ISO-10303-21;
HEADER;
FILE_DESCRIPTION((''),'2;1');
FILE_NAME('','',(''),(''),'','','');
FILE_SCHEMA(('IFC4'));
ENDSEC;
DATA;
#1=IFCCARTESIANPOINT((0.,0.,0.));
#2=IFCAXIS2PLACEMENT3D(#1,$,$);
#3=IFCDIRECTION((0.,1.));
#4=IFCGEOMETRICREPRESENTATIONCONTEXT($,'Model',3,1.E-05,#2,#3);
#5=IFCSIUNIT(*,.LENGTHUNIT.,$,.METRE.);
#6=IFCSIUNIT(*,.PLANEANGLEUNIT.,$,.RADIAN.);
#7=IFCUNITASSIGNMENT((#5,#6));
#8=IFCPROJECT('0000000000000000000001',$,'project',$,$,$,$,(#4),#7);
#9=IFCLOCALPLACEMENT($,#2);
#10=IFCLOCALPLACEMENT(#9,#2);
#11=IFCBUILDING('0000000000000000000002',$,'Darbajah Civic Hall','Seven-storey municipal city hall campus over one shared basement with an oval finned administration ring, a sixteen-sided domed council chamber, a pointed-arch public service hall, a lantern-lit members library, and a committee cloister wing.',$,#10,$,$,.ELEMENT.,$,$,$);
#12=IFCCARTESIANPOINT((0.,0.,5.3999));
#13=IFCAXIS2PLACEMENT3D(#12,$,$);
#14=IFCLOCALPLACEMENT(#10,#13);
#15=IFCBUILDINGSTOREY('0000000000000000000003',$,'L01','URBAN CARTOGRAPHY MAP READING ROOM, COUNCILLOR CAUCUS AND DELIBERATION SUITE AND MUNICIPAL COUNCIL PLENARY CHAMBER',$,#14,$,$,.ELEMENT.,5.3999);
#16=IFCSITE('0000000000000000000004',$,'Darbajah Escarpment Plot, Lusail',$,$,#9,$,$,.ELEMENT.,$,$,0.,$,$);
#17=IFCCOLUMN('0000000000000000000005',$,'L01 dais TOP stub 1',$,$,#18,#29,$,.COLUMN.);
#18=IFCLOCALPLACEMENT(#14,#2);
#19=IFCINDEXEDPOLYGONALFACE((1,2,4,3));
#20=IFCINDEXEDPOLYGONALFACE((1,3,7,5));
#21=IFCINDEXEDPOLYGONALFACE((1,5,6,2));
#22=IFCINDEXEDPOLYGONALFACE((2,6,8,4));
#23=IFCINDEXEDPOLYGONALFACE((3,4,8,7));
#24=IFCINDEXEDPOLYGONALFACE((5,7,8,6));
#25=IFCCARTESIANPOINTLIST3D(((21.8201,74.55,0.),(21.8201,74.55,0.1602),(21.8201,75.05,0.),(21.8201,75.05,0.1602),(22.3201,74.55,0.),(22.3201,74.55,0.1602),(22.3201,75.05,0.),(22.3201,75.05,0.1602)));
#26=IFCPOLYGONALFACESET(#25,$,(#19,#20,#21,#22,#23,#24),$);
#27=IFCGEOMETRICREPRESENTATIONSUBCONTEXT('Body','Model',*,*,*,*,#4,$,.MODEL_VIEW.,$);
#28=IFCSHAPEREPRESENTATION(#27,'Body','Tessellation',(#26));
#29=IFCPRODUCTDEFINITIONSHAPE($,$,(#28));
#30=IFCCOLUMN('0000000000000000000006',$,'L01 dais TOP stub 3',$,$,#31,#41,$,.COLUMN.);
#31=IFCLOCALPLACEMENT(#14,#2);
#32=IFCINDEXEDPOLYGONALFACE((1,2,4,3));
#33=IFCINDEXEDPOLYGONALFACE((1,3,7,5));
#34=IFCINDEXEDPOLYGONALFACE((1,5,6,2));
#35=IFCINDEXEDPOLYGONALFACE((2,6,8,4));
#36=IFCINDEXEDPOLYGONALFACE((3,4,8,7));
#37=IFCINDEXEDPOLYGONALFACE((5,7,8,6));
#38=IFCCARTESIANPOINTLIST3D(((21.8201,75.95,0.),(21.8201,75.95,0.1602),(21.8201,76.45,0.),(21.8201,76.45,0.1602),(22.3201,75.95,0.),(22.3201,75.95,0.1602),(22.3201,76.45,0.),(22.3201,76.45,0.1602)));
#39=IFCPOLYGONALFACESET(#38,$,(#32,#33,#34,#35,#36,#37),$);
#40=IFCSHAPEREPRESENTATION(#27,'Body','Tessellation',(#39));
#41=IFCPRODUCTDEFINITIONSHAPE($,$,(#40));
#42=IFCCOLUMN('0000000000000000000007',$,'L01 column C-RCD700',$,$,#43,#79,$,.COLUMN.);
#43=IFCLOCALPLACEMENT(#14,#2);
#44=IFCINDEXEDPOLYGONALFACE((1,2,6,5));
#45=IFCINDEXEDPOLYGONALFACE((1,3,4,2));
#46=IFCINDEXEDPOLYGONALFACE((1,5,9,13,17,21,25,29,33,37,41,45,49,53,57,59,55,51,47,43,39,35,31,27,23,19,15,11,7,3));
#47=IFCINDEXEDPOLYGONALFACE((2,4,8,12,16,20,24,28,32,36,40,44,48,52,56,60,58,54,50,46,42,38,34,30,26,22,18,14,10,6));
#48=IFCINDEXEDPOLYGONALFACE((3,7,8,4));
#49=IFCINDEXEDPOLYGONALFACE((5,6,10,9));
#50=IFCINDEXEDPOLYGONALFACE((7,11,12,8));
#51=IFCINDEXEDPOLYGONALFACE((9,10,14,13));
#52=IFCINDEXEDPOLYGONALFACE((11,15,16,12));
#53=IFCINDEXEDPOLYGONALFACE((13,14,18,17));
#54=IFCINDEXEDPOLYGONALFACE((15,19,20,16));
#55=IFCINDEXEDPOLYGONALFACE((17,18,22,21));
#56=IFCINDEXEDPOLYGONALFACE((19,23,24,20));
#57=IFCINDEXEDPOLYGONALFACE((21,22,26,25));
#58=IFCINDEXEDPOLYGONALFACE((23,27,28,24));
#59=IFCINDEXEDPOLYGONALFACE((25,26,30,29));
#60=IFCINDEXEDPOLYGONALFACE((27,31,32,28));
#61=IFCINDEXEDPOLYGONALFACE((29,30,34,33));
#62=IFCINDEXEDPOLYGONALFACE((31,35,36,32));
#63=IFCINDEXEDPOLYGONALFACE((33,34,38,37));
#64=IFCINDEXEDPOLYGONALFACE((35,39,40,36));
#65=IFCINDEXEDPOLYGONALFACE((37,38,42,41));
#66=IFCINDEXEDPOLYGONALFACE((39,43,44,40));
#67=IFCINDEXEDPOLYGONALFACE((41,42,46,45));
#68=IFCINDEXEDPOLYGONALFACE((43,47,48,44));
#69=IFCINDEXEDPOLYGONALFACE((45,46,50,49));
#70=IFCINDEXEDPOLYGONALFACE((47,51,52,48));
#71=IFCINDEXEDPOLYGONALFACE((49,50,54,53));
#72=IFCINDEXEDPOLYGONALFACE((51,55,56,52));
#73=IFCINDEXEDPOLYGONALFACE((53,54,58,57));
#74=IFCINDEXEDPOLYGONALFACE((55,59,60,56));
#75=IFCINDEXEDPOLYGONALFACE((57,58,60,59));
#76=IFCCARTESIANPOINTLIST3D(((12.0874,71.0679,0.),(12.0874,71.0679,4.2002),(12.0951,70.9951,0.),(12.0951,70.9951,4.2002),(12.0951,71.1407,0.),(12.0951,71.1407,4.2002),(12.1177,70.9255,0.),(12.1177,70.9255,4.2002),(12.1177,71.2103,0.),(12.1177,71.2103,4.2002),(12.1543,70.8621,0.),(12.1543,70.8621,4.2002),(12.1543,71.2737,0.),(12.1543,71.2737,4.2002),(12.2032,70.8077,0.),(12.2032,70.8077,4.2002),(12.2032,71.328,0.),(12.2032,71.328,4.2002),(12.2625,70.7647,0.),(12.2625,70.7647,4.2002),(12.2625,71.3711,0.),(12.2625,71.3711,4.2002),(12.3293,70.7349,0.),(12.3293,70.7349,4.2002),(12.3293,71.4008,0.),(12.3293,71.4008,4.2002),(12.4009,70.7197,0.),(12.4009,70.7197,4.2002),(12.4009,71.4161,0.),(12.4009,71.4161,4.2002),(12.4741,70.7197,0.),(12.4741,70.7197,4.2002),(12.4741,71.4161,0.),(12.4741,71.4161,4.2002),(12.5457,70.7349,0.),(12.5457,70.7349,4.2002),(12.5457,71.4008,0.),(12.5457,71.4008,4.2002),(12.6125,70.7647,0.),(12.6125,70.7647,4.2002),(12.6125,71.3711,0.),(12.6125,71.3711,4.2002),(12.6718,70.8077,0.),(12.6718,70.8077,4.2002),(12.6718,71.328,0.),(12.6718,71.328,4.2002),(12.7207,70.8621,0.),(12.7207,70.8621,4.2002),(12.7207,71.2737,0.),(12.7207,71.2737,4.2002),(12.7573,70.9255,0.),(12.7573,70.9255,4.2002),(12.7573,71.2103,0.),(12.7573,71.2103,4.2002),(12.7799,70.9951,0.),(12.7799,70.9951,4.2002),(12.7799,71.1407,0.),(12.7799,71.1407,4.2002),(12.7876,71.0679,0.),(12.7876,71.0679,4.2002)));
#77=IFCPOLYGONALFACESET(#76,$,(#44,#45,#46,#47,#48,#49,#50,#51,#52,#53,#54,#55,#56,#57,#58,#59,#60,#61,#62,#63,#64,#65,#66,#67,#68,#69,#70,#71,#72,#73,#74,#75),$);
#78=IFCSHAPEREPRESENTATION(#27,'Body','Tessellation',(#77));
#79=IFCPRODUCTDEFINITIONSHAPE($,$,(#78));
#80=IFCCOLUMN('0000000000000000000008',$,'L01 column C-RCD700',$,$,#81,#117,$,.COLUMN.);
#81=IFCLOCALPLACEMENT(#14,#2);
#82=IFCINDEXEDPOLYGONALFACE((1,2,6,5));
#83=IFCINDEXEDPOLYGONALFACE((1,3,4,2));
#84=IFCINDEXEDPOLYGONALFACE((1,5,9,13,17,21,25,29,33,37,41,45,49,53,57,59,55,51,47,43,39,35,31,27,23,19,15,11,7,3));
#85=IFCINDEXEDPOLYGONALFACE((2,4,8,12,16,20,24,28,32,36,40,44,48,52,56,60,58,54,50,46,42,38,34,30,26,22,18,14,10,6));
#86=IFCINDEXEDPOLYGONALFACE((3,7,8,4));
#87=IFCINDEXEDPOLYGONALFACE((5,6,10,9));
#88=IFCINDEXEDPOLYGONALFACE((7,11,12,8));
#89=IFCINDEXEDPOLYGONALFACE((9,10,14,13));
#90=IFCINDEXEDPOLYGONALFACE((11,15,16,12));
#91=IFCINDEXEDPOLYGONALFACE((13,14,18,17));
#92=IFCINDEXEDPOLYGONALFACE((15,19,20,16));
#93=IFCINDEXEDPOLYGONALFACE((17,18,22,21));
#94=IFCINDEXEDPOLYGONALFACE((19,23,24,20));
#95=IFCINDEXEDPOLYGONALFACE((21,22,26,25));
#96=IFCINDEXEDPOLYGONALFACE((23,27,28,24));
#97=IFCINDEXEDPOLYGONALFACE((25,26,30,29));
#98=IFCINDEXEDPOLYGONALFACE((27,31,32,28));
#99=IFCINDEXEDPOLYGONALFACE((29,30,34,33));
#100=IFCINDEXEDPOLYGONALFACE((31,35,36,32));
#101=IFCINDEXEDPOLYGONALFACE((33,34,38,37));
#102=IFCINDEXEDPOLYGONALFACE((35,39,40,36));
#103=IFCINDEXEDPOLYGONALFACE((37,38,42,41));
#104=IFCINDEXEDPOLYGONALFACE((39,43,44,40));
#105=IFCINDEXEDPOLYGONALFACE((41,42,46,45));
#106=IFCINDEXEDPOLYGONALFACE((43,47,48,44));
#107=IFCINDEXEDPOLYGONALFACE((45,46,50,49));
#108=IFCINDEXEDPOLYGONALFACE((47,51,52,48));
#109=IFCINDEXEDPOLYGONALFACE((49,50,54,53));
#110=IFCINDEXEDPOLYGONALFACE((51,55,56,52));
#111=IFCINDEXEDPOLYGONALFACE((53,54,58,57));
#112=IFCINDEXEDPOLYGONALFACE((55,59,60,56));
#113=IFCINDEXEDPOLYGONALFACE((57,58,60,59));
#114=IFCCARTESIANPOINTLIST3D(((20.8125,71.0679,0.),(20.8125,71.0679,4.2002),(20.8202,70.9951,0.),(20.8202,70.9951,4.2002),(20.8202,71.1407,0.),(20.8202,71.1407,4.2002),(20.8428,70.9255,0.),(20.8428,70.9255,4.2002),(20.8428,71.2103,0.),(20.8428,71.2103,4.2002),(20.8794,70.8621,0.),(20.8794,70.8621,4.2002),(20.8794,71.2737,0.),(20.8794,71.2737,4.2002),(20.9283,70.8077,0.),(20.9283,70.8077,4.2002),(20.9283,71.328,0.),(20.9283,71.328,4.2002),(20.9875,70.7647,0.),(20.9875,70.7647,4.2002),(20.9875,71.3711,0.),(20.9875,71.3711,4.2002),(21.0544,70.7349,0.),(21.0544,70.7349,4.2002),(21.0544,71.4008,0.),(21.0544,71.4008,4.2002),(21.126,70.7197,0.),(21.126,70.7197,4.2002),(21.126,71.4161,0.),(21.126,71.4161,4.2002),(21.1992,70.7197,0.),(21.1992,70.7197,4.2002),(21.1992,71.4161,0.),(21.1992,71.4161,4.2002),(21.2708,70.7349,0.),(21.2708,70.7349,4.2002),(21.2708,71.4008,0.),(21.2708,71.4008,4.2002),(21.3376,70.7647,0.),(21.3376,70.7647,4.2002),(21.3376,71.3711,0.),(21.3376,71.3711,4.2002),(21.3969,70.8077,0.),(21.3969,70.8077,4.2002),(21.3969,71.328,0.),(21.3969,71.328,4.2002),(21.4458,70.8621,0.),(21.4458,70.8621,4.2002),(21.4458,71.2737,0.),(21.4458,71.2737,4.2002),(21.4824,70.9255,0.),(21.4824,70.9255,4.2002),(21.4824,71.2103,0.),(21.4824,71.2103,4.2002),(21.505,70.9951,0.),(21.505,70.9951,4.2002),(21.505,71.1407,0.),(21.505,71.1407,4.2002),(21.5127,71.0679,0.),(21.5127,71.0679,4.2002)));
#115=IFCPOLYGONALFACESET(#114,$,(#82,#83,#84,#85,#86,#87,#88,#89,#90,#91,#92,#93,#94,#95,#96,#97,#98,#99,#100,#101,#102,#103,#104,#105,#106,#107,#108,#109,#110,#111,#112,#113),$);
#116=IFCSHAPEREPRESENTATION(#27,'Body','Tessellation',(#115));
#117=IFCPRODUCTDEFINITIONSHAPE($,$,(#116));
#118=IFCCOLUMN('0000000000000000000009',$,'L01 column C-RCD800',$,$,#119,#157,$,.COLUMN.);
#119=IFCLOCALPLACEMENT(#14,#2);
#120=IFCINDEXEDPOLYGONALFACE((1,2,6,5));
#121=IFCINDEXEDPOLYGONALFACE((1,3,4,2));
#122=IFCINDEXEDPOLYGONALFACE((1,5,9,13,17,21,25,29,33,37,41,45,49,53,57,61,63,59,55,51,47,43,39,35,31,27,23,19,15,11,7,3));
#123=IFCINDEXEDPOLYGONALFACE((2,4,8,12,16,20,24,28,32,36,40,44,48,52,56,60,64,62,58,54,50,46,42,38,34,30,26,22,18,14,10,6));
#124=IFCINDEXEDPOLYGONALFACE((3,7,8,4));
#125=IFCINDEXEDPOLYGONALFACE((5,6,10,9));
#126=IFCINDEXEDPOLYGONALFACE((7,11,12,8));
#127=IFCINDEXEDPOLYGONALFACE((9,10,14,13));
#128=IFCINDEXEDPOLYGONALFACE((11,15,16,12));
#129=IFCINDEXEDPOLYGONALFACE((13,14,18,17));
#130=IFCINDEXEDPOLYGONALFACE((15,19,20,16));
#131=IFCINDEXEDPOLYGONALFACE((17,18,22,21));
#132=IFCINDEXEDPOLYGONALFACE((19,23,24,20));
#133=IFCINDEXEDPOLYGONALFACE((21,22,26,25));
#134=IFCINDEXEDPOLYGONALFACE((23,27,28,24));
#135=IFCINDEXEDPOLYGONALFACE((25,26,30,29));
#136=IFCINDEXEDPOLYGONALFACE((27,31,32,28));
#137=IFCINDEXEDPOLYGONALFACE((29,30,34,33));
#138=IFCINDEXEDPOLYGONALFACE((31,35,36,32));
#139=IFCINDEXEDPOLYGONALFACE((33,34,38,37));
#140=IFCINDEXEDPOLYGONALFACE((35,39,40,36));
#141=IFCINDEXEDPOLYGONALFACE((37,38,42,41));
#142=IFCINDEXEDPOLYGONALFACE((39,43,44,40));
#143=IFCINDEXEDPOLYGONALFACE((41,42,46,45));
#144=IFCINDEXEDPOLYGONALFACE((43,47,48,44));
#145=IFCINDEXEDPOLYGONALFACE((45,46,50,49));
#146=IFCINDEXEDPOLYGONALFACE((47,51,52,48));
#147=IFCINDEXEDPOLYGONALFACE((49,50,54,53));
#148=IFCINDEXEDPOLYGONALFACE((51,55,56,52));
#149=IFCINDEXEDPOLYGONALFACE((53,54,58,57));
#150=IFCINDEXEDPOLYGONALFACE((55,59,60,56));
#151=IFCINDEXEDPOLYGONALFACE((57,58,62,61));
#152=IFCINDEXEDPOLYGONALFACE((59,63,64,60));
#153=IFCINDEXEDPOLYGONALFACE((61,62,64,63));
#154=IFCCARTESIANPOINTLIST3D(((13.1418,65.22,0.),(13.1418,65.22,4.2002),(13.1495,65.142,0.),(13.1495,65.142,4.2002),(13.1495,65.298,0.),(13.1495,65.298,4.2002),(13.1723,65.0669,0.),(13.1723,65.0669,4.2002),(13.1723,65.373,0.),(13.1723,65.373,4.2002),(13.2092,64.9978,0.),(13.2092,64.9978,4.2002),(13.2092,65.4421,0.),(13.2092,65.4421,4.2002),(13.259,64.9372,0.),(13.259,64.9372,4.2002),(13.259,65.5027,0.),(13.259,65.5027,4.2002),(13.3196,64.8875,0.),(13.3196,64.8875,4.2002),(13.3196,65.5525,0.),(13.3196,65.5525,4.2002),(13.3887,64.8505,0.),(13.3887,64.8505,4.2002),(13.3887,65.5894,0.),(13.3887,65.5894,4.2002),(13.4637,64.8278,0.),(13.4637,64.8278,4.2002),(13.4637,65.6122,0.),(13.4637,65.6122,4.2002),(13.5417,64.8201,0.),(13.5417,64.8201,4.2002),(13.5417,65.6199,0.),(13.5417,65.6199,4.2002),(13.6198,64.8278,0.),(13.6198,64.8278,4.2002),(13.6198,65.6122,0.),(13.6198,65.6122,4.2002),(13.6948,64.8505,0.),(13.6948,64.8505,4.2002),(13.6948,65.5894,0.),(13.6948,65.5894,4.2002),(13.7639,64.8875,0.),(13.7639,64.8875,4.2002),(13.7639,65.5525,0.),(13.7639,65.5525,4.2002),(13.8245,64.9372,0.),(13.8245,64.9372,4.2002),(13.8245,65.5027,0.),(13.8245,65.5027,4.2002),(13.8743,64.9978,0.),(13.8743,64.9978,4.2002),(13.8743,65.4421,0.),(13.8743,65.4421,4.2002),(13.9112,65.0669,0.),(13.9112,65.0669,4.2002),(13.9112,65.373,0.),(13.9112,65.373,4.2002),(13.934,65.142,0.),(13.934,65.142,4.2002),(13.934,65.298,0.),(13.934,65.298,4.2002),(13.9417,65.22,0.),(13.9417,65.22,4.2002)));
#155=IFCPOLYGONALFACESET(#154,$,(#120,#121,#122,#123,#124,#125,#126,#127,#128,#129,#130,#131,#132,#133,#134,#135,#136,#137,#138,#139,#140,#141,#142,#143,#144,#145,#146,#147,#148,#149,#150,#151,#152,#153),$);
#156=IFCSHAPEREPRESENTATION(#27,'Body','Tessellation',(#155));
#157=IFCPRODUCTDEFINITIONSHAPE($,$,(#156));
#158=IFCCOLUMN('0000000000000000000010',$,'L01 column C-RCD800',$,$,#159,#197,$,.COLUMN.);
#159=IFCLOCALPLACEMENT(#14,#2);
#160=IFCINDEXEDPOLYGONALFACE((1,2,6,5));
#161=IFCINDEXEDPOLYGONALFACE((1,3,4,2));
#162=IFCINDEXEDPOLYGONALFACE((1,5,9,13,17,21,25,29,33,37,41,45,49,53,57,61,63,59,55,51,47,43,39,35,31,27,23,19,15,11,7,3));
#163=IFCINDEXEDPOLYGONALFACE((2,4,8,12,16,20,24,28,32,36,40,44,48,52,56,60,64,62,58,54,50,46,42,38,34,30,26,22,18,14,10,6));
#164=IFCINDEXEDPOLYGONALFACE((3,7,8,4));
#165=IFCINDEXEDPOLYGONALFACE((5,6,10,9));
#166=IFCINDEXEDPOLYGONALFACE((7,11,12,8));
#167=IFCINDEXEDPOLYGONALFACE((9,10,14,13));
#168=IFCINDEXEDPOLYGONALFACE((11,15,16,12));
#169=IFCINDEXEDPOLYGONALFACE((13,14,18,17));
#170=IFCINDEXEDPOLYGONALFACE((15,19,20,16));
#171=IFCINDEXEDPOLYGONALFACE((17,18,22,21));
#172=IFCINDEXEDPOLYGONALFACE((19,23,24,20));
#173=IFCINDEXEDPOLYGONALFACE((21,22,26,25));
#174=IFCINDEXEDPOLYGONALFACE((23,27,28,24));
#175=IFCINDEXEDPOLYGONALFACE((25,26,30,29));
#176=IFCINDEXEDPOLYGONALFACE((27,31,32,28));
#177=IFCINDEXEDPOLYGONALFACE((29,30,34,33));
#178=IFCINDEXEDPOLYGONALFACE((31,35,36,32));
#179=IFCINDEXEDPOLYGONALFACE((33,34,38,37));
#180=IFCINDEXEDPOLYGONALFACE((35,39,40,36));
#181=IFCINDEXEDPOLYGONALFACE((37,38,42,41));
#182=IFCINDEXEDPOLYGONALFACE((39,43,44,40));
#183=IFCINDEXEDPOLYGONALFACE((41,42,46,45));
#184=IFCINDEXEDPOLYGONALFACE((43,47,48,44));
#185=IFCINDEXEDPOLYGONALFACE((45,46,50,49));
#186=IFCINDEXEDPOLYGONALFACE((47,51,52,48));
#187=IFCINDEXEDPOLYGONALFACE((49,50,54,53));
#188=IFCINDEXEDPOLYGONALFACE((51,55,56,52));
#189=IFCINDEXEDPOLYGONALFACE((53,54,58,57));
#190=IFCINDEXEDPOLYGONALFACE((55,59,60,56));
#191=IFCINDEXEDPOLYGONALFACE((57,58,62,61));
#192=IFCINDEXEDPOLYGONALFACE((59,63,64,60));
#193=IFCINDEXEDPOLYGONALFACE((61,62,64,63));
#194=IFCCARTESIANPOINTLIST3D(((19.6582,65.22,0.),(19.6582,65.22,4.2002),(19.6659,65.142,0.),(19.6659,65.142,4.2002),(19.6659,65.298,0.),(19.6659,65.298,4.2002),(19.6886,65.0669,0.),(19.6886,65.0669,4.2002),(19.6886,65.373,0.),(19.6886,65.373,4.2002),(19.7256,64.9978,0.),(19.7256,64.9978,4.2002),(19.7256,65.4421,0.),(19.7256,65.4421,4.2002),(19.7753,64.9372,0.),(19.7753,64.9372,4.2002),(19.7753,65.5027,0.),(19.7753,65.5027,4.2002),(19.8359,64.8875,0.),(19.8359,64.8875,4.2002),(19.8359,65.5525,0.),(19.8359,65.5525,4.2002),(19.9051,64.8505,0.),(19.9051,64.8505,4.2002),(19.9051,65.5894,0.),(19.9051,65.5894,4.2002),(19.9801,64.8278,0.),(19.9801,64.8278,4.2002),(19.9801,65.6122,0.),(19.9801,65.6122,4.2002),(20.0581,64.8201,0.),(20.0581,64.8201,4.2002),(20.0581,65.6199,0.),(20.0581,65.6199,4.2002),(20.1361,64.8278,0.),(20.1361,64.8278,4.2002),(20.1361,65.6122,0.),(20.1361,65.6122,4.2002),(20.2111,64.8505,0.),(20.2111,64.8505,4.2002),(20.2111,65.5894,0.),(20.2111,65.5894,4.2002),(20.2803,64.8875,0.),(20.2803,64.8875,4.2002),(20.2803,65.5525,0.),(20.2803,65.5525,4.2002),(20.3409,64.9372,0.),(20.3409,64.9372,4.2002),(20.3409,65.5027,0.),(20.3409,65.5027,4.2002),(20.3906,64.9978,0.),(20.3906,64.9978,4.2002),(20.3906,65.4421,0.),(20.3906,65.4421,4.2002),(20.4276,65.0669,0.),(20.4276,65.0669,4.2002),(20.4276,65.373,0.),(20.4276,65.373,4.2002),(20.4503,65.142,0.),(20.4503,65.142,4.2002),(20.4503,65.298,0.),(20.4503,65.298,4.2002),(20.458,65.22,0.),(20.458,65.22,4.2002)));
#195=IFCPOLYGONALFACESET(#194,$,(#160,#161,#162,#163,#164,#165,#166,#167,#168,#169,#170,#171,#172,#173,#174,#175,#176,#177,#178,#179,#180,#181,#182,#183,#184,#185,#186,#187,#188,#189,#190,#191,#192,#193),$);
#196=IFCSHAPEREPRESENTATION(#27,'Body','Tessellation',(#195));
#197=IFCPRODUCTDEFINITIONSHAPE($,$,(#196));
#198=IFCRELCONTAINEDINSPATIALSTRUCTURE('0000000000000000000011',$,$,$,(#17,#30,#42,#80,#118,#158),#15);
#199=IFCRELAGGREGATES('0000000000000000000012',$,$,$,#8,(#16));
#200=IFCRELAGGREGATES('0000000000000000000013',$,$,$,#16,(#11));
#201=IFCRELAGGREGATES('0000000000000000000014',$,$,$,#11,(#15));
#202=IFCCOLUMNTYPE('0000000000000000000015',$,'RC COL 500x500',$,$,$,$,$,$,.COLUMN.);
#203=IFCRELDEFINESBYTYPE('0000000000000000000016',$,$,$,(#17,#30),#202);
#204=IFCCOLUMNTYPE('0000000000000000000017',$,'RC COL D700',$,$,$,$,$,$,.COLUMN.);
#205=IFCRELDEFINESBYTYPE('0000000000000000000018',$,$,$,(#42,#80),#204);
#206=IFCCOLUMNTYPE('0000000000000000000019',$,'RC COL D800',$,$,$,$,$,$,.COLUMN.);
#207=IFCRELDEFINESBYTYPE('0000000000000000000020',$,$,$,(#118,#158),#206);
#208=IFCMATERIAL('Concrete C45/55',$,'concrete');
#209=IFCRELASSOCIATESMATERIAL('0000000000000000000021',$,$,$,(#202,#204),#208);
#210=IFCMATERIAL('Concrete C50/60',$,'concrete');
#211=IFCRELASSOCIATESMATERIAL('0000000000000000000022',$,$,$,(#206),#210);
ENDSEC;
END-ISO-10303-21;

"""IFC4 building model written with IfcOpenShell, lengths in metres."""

from ifc_helpers import new_model, si_unit, direction, frame, origin, origin_2d, place, context, subcontext, project, spatial, rectangle, circle, extrude, material, material_profile, profile_set, type_object, element, save


model = new_model("IFC4")

# Units and contexts
model_context = context("Model", 3, precision=1e-05, world=origin(), true_north=direction((0.0, 1.0)))
body_context = subcontext(model_context, "Body", "Model", "MODEL_VIEW")
ifc_project = project(units=[si_unit("LENGTHUNIT", "METRE"), si_unit("PLANEANGLEUNIT", "RADIAN")], contexts=[model_context])

# Site, building, storey
site_placement = place(None, origin())
site = spatial("IfcSite", under=ifc_project, at=site_placement, Name="Darbajah Escarpment Plot, Lusail", CompositionType="ELEMENT", RefElevation=0.0)
building_placement = place(site_placement, origin())
building = spatial("IfcBuilding", under=site, at=building_placement, Name="Darbajah Civic Hall", Description="Seven-storey municipal city hall campus over one shared basement with an oval finned administration ring, a sixteen-sided domed council chamber, a pointed-arch public service hall, a lantern-lit members library, and a committee cloister wing.", CompositionType="ELEMENT")
storey_placement = place(building_placement, frame((0.0, 0.0, 5.3999)))
storey = spatial("IfcBuildingStorey", under=building, at=storey_placement, Name="L01", Description="URBAN CARTOGRAPHY MAP READING ROOM, COUNCILLOR CAUCUS AND DELIBERATION SUITE AND MUNICIPAL COUNCIL PLENARY CHAMBER", CompositionType="ELEMENT", Elevation=5.3999)

# Columns
ifc_material_1 = material(Name="Concrete C45/55", Category="concrete")
ifc_material_profile_1 = material_profile(ifc_material_1, rectangle(XDim=0.5, YDim=0.5, at=origin_2d()), Name="RC COL 500x500")
ifc_profile_set_1 = profile_set([ifc_material_profile_1], Name="Concrete C45/55")
column_type_1 = type_object("IfcColumnType", Name="RC COL 500x500", PredefinedType="COLUMN", material=ifc_profile_set_1)
for number, where, z_axis, x_axis, name in (
    (1, (22.0701, 74.8, 0.0), (0.0, 0.0, 1.0), (1.0, 0.0, 0.0), "L01 dais TOP stub 1"),
    (2, (22.0701, 76.2, 0.0), (0.0, 0.0, 1.0), (1.0, 0.0, 0.0), "L01 dais TOP stub 3"),
):
    element("IfcColumn", number, at=place(storey_placement, frame(where, z_axis=z_axis, x_axis=x_axis)), inside=storey, type_object=column_type_1, Name=name, PredefinedType="COLUMN", context=body_context, shape_type="SweptSolid", body=[
        extrude(rectangle(XDim=0.5, YDim=0.5, at=origin_2d()), origin(), (0.0, 0.0, 1.0), 0.1602),
    ])
ifc_material_profile_2 = material_profile(ifc_material_1, circle(Radius=0.3501, at=origin_2d()), Name="RC COL D700")
ifc_profile_set_2 = profile_set([ifc_material_profile_2], Name="Concrete C45/55")
column_type_2 = type_object("IfcColumnType", Name="RC COL D700", PredefinedType="COLUMN", material=ifc_profile_set_2)
for number, where, z_axis, x_axis, name in (
    (3, (12.4375, 71.0679, 0.0), (0.0, 0.0, 1.0), (1.0, 0.0, 0.0), "L01 column C-RCD700"),
    (4, (21.1626, 71.0679, 0.0), (0.0, 0.0, 1.0), (1.0, 0.0, 0.0), "L01 column C-RCD700"),
):
    element("IfcColumn", number, at=place(storey_placement, frame(where, z_axis=z_axis, x_axis=x_axis)), inside=storey, type_object=column_type_2, Name=name, PredefinedType="COLUMN", context=body_context, shape_type="SweptSolid", body=[
        extrude(circle(Radius=0.3501, at=origin_2d()), origin(), (0.0, 0.0, 1.0), 4.2002),
    ])
ifc_material_2 = material(Name="Concrete C50/60", Category="concrete")
ifc_material_profile_3 = material_profile(ifc_material_2, circle(Radius=0.3999, at=origin_2d()), Name="RC COL D800")
ifc_profile_set_3 = profile_set([ifc_material_profile_3], Name="Concrete C50/60")
column_type_3 = type_object("IfcColumnType", Name="RC COL D800", PredefinedType="COLUMN", material=ifc_profile_set_3)
for number, where, z_axis, x_axis, name in (
    (5, (13.5417, 65.22, 0.0), (0.0, 0.0, 1.0), (1.0, 0.0, 0.0), "L01 column C-RCD800"),
    (6, (20.0581, 65.22, 0.0), (0.0, 0.0, 1.0), (1.0, 0.0, 0.0), "L01 column C-RCD800"),
):
    element("IfcColumn", number, at=place(storey_placement, frame(where, z_axis=z_axis, x_axis=x_axis)), inside=storey, type_object=column_type_3, Name=name, PredefinedType="COLUMN", context=body_context, shape_type="SweptSolid", body=[
        extrude(circle(Radius=0.3999, at=origin_2d()), origin(), (0.0, 0.0, 1.0), 4.2002),
    ])

save(model, "model.ifc")
